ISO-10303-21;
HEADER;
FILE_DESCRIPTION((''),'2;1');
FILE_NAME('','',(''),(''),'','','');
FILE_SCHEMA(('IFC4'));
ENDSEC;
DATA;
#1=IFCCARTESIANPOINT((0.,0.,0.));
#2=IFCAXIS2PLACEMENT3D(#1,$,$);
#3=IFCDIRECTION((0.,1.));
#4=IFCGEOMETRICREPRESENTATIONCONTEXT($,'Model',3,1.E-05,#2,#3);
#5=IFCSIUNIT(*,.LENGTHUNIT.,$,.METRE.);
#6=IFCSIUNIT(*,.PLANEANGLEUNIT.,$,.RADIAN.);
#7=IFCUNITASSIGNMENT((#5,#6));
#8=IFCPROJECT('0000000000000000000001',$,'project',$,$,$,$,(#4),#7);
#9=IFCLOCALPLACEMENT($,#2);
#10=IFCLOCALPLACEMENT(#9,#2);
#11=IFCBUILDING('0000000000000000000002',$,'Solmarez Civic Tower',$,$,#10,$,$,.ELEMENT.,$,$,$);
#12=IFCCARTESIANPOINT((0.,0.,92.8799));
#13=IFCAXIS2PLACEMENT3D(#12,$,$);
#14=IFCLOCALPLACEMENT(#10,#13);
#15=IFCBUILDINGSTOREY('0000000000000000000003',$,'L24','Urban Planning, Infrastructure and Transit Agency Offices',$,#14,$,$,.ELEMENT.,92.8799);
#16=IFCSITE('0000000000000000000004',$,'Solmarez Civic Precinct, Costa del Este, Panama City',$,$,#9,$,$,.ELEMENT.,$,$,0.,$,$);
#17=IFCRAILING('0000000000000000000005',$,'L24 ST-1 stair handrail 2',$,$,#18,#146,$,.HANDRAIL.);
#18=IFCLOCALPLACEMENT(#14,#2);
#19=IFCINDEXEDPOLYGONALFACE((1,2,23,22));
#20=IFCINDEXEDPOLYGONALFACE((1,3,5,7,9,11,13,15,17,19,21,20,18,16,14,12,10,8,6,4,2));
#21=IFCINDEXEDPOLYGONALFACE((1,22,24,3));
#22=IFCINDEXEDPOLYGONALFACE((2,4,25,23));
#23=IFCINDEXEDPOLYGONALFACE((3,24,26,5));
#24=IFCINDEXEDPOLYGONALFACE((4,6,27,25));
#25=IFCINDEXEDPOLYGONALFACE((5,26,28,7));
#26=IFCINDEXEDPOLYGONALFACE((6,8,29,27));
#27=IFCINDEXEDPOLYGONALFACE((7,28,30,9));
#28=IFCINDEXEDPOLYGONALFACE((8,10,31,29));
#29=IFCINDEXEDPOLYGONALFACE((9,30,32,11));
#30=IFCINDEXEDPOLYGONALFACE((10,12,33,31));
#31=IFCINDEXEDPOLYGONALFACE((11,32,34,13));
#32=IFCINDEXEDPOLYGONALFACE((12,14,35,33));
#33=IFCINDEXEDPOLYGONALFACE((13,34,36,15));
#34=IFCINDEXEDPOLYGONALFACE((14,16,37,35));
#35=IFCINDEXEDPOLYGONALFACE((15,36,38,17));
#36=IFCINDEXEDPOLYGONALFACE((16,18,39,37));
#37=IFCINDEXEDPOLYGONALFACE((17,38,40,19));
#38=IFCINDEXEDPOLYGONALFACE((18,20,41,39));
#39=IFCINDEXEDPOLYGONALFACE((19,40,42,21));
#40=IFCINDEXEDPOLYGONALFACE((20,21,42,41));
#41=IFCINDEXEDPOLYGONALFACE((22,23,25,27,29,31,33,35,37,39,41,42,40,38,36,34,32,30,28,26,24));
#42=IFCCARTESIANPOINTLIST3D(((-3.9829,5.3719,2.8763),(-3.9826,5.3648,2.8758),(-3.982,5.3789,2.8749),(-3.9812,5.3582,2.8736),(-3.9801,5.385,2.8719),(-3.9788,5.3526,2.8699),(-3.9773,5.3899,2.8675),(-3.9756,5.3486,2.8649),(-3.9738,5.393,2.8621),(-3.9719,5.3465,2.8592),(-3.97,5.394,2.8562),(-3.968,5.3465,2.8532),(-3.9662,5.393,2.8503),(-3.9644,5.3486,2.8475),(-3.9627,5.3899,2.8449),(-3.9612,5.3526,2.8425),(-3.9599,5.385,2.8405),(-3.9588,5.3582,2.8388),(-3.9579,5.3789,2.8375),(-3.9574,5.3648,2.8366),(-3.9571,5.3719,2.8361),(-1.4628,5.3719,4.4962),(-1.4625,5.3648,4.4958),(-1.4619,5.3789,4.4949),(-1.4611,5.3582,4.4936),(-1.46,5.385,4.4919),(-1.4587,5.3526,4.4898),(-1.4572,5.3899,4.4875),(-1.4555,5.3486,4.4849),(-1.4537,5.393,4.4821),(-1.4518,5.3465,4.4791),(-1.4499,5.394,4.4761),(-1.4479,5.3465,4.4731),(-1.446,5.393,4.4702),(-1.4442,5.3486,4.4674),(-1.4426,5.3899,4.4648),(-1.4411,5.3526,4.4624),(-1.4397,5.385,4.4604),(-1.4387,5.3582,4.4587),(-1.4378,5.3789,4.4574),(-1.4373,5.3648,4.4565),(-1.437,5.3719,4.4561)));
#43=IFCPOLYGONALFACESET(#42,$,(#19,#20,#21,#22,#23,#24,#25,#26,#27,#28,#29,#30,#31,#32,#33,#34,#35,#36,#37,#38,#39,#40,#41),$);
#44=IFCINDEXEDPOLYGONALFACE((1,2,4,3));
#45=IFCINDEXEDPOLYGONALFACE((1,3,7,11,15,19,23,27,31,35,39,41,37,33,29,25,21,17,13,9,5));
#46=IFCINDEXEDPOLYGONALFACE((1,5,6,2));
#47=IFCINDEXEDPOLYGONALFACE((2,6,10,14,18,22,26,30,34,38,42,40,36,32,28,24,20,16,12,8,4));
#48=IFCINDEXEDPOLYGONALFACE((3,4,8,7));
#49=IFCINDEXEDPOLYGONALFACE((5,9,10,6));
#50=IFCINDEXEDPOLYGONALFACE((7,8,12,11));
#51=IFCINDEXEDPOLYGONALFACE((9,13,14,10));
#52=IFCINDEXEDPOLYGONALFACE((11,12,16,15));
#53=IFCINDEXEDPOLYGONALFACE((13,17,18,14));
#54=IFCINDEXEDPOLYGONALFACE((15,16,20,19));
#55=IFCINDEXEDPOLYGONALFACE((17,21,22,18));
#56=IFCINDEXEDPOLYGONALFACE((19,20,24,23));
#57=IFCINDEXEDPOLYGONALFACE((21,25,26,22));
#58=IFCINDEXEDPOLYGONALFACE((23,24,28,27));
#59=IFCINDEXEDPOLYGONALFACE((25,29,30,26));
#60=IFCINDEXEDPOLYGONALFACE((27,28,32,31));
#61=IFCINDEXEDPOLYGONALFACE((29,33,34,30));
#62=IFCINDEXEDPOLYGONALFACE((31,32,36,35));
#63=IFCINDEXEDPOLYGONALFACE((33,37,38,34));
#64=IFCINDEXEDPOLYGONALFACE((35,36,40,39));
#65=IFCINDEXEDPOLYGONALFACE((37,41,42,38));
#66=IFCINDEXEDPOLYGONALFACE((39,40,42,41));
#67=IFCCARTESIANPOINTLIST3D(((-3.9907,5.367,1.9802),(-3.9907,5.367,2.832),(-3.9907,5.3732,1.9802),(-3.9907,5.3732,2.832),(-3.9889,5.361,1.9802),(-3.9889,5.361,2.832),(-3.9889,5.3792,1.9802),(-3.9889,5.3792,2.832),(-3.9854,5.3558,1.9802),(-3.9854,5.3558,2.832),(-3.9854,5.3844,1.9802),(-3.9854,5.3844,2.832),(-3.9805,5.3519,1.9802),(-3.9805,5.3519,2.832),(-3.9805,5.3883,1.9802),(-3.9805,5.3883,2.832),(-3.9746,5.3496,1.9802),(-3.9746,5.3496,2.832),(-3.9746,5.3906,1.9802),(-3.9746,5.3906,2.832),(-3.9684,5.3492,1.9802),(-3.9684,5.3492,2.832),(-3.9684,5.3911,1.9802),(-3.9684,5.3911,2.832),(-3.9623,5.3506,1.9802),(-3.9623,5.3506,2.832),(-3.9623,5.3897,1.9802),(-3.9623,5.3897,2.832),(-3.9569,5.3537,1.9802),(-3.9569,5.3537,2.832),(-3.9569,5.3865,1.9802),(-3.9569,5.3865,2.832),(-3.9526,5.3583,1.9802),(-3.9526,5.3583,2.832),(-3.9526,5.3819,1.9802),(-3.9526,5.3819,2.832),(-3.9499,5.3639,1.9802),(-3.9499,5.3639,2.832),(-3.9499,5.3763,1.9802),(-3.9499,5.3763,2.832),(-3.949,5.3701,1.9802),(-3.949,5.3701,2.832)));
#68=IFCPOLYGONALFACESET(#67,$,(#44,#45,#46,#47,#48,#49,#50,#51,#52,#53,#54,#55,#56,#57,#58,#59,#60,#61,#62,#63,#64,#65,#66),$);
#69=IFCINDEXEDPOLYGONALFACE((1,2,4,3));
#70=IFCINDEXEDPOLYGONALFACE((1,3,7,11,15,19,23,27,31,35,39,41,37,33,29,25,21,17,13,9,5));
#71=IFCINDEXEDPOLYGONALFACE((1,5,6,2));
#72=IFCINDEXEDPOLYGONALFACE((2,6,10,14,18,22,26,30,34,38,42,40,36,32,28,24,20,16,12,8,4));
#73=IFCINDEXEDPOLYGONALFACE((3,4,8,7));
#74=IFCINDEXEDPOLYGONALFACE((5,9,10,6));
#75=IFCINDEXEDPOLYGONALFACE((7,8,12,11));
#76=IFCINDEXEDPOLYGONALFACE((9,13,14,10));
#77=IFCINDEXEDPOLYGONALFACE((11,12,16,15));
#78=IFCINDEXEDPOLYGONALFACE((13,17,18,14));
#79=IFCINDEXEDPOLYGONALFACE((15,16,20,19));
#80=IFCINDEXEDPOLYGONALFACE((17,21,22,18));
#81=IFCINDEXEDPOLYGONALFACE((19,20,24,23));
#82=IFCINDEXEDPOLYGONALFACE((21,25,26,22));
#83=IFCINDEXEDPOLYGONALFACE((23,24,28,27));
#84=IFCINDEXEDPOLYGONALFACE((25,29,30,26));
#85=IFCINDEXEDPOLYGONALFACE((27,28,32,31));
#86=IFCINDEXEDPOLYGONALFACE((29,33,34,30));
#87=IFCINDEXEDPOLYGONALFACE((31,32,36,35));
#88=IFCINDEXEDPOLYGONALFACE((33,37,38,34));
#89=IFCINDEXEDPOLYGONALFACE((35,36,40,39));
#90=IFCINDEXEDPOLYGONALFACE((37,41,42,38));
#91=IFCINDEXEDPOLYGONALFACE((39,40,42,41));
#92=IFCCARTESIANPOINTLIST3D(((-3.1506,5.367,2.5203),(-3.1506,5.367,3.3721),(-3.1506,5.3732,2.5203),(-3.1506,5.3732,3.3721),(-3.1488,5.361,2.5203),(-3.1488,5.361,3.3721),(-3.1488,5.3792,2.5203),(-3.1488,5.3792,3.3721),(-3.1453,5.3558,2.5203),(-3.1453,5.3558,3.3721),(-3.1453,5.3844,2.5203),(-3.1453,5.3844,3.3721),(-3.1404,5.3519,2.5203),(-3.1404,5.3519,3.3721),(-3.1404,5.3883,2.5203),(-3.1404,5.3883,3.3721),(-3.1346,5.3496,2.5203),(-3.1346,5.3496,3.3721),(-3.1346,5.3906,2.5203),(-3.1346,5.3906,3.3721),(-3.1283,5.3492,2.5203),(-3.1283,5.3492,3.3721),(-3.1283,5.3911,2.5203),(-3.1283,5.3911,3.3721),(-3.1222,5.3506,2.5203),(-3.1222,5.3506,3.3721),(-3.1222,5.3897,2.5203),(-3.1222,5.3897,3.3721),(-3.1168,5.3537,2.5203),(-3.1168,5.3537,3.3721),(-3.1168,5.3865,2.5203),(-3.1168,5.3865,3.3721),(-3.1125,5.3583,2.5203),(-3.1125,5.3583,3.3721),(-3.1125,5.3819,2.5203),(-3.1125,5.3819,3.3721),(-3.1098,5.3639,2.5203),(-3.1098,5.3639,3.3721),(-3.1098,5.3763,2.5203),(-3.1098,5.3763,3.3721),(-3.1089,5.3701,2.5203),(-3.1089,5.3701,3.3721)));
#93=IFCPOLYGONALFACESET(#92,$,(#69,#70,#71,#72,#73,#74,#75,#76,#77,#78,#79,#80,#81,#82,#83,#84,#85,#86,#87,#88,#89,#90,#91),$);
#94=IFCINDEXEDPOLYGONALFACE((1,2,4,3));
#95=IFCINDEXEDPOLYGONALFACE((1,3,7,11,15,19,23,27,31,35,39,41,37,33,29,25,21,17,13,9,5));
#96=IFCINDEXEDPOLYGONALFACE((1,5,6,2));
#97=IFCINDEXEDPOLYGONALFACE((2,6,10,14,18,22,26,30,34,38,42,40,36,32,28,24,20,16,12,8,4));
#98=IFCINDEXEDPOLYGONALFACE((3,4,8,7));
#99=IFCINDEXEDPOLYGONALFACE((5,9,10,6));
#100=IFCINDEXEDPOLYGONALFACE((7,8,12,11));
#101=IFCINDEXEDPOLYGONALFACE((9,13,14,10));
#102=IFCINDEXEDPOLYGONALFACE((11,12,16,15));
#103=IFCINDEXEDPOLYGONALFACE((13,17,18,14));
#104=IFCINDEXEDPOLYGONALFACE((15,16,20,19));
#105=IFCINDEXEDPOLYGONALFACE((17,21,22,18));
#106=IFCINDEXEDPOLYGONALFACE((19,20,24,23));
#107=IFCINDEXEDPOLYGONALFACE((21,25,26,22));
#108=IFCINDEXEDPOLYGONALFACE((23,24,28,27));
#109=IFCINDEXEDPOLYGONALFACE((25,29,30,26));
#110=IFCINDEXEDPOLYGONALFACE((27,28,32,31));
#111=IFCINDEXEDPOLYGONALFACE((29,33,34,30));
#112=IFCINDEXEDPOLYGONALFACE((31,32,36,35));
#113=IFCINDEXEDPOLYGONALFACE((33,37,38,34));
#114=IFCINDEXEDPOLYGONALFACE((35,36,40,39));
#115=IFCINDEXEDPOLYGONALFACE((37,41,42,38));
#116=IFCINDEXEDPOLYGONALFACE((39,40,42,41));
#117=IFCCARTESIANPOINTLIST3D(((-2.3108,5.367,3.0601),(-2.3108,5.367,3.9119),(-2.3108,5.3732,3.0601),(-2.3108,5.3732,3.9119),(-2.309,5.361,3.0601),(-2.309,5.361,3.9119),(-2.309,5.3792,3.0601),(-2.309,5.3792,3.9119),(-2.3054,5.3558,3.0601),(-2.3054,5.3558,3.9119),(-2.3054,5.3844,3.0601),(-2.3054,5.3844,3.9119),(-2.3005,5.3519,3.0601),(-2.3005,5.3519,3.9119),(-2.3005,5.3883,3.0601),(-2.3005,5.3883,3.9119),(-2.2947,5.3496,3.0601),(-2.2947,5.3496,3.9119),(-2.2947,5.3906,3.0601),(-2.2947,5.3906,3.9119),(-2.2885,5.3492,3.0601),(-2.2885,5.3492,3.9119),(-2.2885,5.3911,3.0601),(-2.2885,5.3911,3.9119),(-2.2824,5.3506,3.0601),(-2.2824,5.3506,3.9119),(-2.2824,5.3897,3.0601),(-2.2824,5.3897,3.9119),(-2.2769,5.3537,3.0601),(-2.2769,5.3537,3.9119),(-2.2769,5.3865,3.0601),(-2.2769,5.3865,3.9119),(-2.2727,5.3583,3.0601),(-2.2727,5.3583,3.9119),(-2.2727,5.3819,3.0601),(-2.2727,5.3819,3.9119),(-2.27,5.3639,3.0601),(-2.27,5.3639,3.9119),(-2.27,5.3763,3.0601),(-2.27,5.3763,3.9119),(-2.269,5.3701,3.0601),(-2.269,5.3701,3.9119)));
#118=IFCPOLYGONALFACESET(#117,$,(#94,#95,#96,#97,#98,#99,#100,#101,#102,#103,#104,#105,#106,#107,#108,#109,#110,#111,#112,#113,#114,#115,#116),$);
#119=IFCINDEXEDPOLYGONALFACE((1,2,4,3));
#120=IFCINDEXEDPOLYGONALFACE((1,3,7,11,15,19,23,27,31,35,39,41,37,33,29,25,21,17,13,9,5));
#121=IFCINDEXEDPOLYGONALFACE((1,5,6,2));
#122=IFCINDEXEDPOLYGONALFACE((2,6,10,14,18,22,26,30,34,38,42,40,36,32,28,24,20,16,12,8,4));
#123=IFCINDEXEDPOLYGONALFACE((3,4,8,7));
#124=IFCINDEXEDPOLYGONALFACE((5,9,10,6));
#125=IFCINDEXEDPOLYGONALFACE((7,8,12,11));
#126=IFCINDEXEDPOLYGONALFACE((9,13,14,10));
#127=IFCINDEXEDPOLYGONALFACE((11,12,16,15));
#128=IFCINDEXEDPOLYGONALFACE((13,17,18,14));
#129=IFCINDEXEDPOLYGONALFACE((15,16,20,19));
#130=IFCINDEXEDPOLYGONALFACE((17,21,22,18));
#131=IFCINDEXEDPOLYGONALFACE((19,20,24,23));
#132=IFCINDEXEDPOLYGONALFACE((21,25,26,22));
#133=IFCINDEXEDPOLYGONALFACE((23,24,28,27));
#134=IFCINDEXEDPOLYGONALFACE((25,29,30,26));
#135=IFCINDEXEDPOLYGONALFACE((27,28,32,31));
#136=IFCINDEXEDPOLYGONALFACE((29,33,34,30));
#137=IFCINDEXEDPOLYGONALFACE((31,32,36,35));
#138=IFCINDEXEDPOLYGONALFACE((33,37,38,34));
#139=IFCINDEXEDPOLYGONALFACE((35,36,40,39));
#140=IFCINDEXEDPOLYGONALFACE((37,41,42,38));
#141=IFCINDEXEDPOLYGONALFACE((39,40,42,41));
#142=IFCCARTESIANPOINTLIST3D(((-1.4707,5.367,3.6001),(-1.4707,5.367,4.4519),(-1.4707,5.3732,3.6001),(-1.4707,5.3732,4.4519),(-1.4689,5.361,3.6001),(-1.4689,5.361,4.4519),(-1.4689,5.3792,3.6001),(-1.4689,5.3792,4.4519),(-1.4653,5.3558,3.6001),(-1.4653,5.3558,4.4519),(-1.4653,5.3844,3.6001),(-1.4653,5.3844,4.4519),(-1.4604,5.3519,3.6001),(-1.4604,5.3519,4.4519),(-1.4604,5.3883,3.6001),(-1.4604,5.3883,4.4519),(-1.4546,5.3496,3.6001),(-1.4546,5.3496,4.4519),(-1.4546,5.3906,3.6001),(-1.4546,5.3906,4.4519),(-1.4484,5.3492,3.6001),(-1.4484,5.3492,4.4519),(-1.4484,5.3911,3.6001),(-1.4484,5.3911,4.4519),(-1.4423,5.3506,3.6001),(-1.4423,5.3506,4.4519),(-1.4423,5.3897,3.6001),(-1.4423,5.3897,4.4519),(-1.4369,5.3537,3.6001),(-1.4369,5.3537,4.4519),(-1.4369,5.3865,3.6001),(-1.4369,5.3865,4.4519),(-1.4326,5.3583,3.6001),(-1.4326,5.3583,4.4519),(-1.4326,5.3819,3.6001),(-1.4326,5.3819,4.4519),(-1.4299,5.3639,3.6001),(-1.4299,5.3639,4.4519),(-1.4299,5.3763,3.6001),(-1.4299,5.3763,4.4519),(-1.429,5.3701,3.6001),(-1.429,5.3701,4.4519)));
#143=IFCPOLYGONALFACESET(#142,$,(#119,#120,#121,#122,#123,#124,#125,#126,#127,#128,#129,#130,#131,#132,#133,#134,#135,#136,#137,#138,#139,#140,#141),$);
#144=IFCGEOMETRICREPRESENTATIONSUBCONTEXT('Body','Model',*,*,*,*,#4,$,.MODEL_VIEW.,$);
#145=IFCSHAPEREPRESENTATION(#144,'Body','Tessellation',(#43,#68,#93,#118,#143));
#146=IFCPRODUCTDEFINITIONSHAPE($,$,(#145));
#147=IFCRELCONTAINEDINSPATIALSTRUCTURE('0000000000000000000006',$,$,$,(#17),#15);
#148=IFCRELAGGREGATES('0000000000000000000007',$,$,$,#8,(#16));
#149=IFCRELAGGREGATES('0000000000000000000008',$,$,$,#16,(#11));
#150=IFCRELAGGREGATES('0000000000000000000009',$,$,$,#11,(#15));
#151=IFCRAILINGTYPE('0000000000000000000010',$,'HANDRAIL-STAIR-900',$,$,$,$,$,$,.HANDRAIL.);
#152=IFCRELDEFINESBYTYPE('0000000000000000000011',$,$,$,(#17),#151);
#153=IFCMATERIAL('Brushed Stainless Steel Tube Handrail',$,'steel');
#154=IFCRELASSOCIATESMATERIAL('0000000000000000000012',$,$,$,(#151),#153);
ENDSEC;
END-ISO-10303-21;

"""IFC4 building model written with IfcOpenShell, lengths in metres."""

from ifc_helpers import new_model, si_unit, direction, frame, origin, origin_2d, place, context, subcontext, project, spatial, circle, extrude, material, type_object, element, save


model = new_model("IFC4")

# Units and contexts
model_context = context("Model", 3, precision=1e-05, world=origin(), true_north=direction((0.0, 1.0)))
body_context = subcontext(model_context, "Body", "Model", "MODEL_VIEW")
ifc_project = project(units=[si_unit("LENGTHUNIT", "METRE"), si_unit("PLANEANGLEUNIT", "RADIAN")], contexts=[model_context])

# Site, building, storey
site_placement = place(None, origin())
site = spatial("IfcSite", under=ifc_project, at=site_placement, Name="Solmarez Civic Precinct, Costa del Este, Panama City", CompositionType="ELEMENT", RefElevation=0.0)
building_placement = place(site_placement, origin())
building = spatial("IfcBuilding", under=site, at=building_placement, Name="Solmarez Civic Tower", CompositionType="ELEMENT")
storey_placement = place(building_placement, frame((0.0, 0.0, 92.8799)))
storey = spatial("IfcBuildingStorey", under=building, at=storey_placement, Name="L24", Description="Urban Planning, Infrastructure and Transit Agency Offices", CompositionType="ELEMENT", Elevation=92.8799)

# Railing
ifc_material_1 = material(Name="Brushed Stainless Steel Tube Handrail", Category="steel")
railing_type_1 = type_object("IfcRailingType", Name="HANDRAIL-STAIR-900", PredefinedType="HANDRAIL", material=ifc_material_1)
railing_1_placement = place(storey_placement, frame((-3.97, 5.3701, 1.9802)))
element("IfcRailing", 1, at=railing_1_placement, inside=storey, type_object=railing_type_1, Name="L24 ST-1 stair handrail 2", PredefinedType="HANDRAIL", context=body_context, shape_type="SweptSolid", body=[
    extrude(circle(Radius=0.0239, at=origin_2d()), frame((0.0, 0.0, 0.876), z_axis=(0.8412, 0.0, 0.540725), x_axis=(0.0, 1.0, 0.0)), (0.0, 0.0, 1.0), 2.9958),
    extrude(circle(Radius=0.021, at=origin_2d()), origin(), (0.0, 0.0, 1.0), 0.8518),
    extrude(circle(Radius=0.021, at=origin_2d()), frame((0.8401, 0.0, 0.54)), (0.0, 0.0, 1.0), 0.8518),
    extrude(circle(Radius=0.021, at=origin_2d()), frame((1.6799, 0.0, 1.0798)), (0.0, 0.0, 1.0), 0.8518),
    extrude(circle(Radius=0.021, at=origin_2d()), frame((2.52, 0.0, 1.6199)), (0.0, 0.0, 1.0), 0.8518),
])

save(model, "model.ifc")
